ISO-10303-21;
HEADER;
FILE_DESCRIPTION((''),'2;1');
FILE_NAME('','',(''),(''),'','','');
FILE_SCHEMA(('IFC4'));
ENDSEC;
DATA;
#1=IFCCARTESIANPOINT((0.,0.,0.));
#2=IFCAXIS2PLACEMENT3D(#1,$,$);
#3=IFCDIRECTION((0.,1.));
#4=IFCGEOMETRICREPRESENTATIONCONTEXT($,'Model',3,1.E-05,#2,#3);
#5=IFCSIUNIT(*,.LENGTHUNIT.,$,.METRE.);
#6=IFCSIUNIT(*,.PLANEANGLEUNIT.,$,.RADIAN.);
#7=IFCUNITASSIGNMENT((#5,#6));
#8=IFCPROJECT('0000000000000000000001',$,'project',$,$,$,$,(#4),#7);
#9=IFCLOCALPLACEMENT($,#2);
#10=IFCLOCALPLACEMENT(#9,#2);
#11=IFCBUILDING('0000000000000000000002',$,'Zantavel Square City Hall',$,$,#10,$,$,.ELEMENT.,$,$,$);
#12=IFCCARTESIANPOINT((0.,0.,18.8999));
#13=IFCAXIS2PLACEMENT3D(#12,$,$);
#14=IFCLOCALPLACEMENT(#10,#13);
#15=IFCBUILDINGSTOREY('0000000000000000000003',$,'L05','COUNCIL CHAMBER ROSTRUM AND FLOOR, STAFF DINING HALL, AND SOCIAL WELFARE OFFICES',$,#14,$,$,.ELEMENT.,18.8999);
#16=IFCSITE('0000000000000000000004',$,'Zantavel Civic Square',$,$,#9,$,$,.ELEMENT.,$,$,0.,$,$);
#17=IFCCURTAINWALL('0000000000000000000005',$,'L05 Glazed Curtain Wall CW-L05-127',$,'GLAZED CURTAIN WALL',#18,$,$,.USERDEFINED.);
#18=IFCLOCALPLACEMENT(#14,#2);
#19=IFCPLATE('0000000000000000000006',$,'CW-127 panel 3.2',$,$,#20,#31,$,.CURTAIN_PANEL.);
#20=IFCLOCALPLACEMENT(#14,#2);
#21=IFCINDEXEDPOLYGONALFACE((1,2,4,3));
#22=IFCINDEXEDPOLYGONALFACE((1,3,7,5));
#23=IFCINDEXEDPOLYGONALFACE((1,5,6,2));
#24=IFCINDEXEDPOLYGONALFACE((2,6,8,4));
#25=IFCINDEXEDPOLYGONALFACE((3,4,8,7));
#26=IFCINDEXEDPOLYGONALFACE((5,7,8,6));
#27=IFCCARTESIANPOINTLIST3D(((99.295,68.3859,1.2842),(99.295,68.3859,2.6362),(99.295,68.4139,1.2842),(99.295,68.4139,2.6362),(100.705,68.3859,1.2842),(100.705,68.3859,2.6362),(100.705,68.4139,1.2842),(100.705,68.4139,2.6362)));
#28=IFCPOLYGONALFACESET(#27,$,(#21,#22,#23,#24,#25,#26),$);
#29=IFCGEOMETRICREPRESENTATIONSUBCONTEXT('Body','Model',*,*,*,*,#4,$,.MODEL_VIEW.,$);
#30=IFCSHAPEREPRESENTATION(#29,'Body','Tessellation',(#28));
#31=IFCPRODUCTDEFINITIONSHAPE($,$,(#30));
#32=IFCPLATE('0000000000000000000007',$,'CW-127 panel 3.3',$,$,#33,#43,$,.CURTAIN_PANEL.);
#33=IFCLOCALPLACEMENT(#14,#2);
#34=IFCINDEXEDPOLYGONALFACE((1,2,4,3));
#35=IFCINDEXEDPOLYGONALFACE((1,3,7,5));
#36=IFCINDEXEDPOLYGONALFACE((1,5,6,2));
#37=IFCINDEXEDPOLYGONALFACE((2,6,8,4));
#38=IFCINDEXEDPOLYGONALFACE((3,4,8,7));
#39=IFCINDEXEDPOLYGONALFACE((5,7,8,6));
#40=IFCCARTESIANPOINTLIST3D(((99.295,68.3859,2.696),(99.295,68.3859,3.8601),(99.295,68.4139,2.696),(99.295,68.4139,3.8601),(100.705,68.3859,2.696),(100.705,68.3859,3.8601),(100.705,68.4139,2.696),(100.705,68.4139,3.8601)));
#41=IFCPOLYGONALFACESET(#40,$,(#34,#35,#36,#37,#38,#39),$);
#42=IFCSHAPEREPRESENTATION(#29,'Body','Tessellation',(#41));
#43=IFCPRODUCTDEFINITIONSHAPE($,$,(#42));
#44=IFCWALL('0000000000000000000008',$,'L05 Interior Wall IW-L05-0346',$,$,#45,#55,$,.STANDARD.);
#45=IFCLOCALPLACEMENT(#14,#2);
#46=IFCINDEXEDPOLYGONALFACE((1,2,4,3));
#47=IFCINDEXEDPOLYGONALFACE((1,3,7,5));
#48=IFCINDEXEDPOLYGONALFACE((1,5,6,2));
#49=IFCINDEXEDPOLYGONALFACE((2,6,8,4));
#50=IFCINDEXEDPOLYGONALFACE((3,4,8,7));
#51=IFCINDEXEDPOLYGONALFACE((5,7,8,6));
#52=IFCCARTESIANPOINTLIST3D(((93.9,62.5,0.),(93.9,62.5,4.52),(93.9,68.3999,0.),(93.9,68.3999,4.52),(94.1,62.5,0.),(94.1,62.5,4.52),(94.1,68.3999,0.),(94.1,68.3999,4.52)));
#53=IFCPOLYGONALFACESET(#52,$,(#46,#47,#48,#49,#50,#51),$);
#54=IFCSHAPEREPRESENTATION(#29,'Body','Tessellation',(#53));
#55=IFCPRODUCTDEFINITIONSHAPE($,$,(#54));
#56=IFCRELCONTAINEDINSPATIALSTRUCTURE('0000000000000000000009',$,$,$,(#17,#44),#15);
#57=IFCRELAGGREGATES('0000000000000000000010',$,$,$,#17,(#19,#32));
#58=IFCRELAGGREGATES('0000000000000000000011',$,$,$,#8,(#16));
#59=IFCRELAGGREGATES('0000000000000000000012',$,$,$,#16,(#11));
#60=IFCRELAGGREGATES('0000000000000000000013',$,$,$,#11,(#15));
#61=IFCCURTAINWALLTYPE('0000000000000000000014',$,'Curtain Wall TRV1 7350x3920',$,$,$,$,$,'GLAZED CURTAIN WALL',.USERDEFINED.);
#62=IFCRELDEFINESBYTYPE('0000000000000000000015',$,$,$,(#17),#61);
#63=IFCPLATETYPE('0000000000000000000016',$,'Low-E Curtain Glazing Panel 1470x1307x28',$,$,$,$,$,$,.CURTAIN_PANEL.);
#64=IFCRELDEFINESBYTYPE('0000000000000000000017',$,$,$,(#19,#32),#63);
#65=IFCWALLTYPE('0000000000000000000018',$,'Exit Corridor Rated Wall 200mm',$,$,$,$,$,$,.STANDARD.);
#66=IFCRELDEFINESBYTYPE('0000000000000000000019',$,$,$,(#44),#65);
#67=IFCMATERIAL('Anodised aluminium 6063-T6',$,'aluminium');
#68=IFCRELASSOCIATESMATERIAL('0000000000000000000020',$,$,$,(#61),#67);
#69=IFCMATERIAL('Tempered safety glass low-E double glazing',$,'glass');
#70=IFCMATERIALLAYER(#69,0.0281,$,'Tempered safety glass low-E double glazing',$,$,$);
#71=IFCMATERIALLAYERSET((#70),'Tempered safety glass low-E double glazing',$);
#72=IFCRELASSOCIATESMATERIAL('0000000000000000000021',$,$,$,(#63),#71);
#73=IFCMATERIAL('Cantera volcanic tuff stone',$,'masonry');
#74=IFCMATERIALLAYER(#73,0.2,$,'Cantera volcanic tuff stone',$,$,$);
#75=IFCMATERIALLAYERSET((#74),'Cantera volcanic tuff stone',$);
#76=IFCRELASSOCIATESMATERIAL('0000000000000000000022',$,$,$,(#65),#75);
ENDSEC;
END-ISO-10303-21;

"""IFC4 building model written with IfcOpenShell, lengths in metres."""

from ifc_helpers import new_model, si_unit, direction, frame, frame_2d, origin, origin_2d, place, context, subcontext, project, spatial, rectangle, extrude, material, layer, layer_set, type_object, element, aggregate, save


model = new_model("IFC4")

# Units and contexts
model_context = context("Model", 3, precision=1e-05, world=origin(), true_north=direction((0.0, 1.0)))
body_context = subcontext(model_context, "Body", "Model", "MODEL_VIEW")
ifc_project = project(units=[si_unit("LENGTHUNIT", "METRE"), si_unit("PLANEANGLEUNIT", "RADIAN")], contexts=[model_context])

# Site, building, storey
site_placement = place(None, origin())
site = spatial("IfcSite", under=ifc_project, at=site_placement, Name="Zantavel Civic Square", CompositionType="ELEMENT", RefElevation=0.0)
building_placement = place(site_placement, origin())
building = spatial("IfcBuilding", under=site, at=building_placement, Name="Zantavel Square City Hall", CompositionType="ELEMENT")
storey_placement = place(building_placement, frame((0.0, 0.0, 18.8999)))
storey = spatial("IfcBuildingStorey", under=building, at=storey_placement, Name="L05", Description="COUNCIL CHAMBER ROSTRUM AND FLOOR, STAFF DINING HALL, AND SOCIAL WELFARE OFFICES", CompositionType="ELEMENT", Elevation=18.8999)

# Curtain wall
ifc_material_1 = material(Name="Anodised aluminium 6063-T6", Category="aluminium")
curtain_wall_type = type_object("IfcCurtainWallType", Name="Curtain Wall TRV1 7350x3920", ElementType="GLAZED CURTAIN WALL", PredefinedType="USERDEFINED", material=ifc_material_1)
curtain_wall_1_placement = place(storey_placement, origin())
curtain_wall_1 = element("IfcCurtainWall", 1, at=curtain_wall_1_placement, inside=storey, type_object=curtain_wall_type, Name="L05 Glazed Curtain Wall CW-L05-127", ObjectType="GLAZED CURTAIN WALL", PredefinedType="USERDEFINED")

# Plates
ifc_material_2 = material(Name="Tempered safety glass low-E double glazing", Category="glass")
ifc_layer_1 = layer(ifc_material_2, 0.0281, Name="Tempered safety glass low-E double glazing")
ifc_layer_set_1 = layer_set([ifc_layer_1], Name="Tempered safety glass low-E double glazing")
plate_type = type_object("IfcPlateType", Name="Low-E Curtain Glazing Panel 1470x1307x28", PredefinedType="CURTAIN_PANEL", material=ifc_layer_set_1)
plate_1_placement = place(storey_placement, frame((100.0, 68.3999, 1.2842), z_axis=(0.0, 0.0, 1.0), x_axis=(1.0, 0.0, 0.0)))
plate_1 = element("IfcPlate", 2, at=plate_1_placement, type_object=plate_type, Name="CW-127 panel 3.2", PredefinedType="CURTAIN_PANEL", context=body_context, shape_type="SweptSolid", body=[
    extrude(rectangle(XDim=1.4099, YDim=0.0281, at=origin_2d()), origin(), (0.0, 0.0, 1.0), 1.3521),
])
plate_2_placement = place(storey_placement, frame((100.0, 68.3999, 2.696), z_axis=(0.0, 0.0, 1.0), x_axis=(1.0, 0.0, 0.0)))
plate_2 = element("IfcPlate", 3, at=plate_2_placement, type_object=plate_type, Name="CW-127 panel 3.3", PredefinedType="CURTAIN_PANEL", context=body_context, shape_type="SweptSolid", body=[
    extrude(rectangle(XDim=1.4099, YDim=0.0281, at=origin_2d()), origin(), (0.0, 0.0, 1.0), 1.1641),
])
aggregate(curtain_wall_1, [plate_1, plate_2])

# Wall
ifc_material_3 = material(Name="Cantera volcanic tuff stone", Category="masonry")
ifc_layer_2 = layer(ifc_material_3, 0.2, Name="Cantera volcanic tuff stone")
ifc_layer_set_2 = layer_set([ifc_layer_2], Name="Cantera volcanic tuff stone")
wall_type = type_object("IfcWallType", Name="Exit Corridor Rated Wall 200mm", PredefinedType="STANDARD", material=ifc_layer_set_2)
wall_placement = place(storey_placement, frame((94.0, 68.3999, 0.0), z_axis=(0.0, 0.0, 1.0), x_axis=(0.0, -1.0, 0.0)))
element("IfcWall", 4, at=wall_placement, inside=storey, type_object=wall_type, Name="L05 Interior Wall IW-L05-0346", PredefinedType="STANDARD", context=body_context, shape_type="SweptSolid", body=[
    extrude(rectangle(XDim=5.8999, YDim=0.2, at=frame_2d((2.95, 0.0))), origin(), (0.0, 0.0, 1.0), 4.52),
])

save(model, "model.ifc")
